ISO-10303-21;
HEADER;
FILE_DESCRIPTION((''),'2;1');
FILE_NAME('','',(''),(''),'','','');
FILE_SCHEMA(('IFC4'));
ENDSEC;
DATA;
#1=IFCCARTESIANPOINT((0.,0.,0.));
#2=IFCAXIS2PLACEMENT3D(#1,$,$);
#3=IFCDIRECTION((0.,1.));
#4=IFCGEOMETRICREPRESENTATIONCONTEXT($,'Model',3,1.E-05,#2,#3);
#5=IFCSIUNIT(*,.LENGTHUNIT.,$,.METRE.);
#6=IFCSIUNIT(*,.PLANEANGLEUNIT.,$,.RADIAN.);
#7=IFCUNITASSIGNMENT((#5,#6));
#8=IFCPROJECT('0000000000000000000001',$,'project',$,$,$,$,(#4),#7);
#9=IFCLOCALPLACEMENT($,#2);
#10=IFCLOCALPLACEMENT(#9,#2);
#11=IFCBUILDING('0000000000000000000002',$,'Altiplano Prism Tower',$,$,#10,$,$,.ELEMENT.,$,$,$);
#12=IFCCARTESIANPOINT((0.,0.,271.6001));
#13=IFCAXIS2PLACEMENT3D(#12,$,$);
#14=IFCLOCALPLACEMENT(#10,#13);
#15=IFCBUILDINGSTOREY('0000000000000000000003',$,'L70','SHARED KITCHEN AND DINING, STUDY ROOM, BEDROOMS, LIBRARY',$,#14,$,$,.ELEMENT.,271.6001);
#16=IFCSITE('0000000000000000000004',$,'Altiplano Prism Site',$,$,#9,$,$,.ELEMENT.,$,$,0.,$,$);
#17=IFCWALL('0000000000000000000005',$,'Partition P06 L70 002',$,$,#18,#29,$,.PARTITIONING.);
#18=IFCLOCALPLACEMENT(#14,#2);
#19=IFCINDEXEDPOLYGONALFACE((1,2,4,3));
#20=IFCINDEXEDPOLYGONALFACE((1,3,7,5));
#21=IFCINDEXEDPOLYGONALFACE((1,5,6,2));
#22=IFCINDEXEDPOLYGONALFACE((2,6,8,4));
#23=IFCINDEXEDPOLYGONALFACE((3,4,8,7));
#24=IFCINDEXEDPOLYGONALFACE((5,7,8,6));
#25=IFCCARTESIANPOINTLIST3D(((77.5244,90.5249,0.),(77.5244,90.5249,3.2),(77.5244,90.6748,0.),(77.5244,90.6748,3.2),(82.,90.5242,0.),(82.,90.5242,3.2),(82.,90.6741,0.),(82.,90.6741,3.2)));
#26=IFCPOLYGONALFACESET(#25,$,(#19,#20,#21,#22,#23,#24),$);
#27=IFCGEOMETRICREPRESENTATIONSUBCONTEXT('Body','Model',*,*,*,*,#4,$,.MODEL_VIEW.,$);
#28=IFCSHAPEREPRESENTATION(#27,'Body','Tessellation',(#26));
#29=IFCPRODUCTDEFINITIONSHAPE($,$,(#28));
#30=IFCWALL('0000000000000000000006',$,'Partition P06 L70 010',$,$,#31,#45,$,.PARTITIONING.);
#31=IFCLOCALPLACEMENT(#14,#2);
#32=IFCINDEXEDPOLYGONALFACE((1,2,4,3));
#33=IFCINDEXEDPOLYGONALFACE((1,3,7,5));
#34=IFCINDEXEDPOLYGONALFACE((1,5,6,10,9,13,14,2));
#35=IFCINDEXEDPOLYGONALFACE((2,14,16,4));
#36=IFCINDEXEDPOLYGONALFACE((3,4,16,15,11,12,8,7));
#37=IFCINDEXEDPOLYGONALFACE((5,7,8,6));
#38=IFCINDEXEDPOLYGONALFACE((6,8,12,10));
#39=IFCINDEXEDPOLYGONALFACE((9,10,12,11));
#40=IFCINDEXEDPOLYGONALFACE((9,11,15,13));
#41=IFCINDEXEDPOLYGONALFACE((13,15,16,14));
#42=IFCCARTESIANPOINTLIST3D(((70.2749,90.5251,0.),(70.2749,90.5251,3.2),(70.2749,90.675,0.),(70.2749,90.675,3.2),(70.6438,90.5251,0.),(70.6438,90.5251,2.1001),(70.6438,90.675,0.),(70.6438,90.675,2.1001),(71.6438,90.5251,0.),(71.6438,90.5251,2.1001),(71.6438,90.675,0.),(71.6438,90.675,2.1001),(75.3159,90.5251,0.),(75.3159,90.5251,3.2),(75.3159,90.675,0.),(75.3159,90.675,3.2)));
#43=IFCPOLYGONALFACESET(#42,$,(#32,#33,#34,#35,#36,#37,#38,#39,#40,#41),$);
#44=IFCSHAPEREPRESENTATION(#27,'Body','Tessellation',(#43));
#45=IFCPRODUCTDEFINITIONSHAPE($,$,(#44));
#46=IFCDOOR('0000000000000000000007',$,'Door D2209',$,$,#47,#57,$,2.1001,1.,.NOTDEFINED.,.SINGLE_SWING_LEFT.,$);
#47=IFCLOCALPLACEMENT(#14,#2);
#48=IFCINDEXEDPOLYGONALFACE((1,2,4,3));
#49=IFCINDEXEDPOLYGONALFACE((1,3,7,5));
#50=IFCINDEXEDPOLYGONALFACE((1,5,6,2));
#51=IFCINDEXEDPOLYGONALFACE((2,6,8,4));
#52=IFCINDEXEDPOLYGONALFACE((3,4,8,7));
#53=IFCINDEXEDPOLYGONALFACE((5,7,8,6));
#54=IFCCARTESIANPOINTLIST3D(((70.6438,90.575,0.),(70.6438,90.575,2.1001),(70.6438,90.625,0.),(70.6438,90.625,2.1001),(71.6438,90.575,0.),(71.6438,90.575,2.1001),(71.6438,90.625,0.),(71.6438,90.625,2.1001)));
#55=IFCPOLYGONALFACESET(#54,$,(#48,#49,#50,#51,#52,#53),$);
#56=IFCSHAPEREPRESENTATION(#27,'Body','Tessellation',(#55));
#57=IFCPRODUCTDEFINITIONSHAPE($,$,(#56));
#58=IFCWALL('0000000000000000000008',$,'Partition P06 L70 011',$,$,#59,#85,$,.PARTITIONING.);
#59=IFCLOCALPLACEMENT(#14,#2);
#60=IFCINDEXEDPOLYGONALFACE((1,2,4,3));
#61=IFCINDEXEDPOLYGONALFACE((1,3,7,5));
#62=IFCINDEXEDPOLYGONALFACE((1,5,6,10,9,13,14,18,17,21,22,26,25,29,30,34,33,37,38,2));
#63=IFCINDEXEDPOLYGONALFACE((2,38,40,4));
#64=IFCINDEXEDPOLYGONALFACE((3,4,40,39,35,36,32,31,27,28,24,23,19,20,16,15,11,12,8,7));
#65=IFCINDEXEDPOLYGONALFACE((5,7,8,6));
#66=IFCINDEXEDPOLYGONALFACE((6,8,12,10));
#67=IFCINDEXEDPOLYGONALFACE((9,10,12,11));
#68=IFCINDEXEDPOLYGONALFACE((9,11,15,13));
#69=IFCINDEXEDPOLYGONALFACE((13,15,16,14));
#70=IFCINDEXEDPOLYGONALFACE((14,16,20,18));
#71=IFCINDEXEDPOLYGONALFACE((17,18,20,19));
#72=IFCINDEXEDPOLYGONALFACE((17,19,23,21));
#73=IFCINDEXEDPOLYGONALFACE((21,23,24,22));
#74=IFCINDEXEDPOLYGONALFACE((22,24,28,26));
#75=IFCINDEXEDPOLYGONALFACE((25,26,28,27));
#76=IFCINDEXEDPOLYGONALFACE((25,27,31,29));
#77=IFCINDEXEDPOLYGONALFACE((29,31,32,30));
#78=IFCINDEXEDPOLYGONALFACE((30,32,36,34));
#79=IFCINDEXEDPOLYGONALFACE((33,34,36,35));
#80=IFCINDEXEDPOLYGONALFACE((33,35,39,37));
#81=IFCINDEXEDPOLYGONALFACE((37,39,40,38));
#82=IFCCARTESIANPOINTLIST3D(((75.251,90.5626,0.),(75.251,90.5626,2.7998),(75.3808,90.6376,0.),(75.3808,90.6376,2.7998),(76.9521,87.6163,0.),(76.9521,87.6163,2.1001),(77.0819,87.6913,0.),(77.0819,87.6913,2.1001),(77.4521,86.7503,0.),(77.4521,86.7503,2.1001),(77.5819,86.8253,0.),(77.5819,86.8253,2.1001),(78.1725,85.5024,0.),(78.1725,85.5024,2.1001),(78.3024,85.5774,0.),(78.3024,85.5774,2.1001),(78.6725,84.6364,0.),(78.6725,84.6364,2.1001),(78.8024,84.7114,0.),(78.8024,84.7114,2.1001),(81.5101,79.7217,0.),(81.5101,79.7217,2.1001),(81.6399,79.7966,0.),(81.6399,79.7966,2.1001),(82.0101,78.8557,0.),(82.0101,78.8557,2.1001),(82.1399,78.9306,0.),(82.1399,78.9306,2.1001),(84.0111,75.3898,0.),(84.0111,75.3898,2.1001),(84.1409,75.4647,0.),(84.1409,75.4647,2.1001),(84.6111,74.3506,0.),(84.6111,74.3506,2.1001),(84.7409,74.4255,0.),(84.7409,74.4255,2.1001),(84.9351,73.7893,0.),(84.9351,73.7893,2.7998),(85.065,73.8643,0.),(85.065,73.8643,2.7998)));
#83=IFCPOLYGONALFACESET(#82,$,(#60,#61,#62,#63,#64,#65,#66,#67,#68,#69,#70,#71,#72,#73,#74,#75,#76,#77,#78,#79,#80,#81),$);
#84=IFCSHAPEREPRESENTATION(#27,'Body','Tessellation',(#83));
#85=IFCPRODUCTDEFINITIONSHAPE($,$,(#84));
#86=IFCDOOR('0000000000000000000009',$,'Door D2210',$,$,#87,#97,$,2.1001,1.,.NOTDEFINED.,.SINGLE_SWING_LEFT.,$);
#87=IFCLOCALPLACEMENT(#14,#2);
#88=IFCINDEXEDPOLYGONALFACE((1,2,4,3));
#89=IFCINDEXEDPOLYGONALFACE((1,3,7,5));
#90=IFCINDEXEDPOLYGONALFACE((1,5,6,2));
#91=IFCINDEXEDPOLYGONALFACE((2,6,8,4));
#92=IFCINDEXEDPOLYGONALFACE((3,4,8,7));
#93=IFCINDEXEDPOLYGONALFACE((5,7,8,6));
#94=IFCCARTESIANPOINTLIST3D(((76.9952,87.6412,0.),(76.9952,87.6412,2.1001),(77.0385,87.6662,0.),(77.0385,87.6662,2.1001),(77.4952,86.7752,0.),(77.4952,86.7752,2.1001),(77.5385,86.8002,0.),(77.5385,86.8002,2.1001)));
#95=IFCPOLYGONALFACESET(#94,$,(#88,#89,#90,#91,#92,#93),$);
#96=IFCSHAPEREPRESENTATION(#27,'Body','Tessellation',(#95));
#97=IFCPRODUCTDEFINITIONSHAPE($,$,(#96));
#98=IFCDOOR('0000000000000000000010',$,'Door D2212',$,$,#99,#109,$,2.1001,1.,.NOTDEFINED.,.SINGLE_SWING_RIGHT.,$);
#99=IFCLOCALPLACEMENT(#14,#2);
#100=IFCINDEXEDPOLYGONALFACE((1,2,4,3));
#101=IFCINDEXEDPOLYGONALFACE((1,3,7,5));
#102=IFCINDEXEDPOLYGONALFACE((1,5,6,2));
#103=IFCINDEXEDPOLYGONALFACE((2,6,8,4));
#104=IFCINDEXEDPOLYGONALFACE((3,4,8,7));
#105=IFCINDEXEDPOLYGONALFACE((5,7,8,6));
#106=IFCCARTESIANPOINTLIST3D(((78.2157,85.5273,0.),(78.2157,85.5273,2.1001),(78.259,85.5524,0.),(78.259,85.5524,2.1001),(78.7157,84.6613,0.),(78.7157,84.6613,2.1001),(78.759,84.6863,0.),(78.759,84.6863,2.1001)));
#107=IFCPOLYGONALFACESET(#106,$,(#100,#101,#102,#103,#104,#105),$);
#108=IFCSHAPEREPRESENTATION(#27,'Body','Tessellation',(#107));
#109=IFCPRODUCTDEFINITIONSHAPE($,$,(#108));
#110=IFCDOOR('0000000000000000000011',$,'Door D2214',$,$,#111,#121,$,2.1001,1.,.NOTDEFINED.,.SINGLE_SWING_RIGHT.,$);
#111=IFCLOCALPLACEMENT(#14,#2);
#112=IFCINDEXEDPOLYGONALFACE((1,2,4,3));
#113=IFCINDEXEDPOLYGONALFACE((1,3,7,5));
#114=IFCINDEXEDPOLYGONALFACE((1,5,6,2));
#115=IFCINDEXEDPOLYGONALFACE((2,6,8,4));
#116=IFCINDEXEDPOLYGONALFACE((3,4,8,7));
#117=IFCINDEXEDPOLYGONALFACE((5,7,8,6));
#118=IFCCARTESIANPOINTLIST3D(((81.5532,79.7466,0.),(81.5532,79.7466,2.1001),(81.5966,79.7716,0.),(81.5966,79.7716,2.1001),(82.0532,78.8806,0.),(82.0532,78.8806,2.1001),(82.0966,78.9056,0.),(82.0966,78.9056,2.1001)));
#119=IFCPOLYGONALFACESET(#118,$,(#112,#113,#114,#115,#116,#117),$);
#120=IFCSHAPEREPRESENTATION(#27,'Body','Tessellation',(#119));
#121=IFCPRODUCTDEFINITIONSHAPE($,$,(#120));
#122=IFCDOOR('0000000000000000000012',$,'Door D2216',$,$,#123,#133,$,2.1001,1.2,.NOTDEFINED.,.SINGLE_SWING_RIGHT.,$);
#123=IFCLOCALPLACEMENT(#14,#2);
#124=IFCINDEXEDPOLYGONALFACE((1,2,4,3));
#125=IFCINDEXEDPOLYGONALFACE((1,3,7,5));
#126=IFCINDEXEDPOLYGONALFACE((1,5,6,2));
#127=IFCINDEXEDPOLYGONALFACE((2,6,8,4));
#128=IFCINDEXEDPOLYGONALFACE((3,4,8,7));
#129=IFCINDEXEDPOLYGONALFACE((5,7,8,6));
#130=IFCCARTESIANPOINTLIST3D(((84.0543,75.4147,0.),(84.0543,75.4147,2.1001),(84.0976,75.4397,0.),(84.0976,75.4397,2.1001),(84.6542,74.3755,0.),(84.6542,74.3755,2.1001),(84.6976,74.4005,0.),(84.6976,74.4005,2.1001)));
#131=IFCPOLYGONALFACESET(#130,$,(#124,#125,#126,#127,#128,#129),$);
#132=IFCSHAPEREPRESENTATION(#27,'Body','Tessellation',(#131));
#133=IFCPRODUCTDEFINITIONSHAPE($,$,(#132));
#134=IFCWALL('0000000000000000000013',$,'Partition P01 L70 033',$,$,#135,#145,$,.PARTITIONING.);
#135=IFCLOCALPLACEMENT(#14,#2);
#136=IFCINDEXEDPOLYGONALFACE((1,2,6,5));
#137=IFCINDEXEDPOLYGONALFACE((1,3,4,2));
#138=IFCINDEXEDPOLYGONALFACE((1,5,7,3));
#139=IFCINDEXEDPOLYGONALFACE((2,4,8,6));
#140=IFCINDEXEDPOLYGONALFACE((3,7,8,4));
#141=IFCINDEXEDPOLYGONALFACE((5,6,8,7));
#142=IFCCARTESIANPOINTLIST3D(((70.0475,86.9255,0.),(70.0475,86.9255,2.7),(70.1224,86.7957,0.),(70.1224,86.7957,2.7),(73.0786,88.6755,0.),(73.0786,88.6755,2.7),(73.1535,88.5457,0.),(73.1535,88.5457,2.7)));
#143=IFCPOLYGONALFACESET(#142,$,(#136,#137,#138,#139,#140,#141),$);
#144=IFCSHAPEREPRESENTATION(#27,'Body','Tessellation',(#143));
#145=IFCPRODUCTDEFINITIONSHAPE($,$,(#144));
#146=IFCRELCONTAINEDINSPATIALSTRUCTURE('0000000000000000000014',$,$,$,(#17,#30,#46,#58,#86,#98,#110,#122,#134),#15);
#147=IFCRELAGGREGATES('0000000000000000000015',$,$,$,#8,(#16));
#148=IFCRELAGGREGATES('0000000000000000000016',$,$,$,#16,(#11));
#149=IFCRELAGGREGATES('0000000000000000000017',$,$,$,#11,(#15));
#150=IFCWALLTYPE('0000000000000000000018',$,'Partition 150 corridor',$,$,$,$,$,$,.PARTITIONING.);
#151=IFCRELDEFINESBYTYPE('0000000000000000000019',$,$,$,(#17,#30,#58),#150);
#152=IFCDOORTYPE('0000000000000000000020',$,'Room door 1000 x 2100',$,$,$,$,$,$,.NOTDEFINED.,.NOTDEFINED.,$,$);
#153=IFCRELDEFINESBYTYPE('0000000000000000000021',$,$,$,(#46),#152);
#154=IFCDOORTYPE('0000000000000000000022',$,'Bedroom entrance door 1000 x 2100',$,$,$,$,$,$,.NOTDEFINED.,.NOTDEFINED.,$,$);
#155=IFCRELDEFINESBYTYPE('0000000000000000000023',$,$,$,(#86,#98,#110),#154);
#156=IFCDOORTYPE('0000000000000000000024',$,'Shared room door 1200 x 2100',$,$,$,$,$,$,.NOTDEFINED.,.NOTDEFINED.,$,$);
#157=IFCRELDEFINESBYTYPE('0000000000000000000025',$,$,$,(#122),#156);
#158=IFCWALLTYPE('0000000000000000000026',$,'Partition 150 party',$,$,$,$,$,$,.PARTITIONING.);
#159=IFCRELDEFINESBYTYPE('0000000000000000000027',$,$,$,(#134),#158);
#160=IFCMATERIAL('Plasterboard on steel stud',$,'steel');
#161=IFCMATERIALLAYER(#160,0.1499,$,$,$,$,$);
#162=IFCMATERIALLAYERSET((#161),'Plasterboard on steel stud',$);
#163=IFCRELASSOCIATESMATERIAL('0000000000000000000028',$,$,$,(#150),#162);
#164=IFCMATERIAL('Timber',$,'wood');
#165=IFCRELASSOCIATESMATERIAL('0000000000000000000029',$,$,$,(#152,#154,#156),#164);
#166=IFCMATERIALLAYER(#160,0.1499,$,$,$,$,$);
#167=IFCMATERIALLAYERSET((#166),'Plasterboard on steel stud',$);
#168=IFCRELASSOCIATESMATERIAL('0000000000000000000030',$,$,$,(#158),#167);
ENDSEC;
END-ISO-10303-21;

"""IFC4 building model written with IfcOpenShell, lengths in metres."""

from ifc_helpers import new_model, si_unit, direction, frame, frame_2d, origin, place, context, subcontext, project, spatial, rectangle, extrude, material, layer, layer_set, type_object, element, fill, save


model = new_model("IFC4")

# Units and contexts
model_context = context("Model", 3, precision=1e-05, world=origin(), true_north=direction((0.0, 1.0)))
body_context = subcontext(model_context, "Body", "Model", "MODEL_VIEW")
ifc_project = project(units=[si_unit("LENGTHUNIT", "METRE"), si_unit("PLANEANGLEUNIT", "RADIAN")], contexts=[model_context])

# Site, building, storey
site_placement = place(None, origin())
site = spatial("IfcSite", under=ifc_project, at=site_placement, Name="Altiplano Prism Site", CompositionType="ELEMENT", RefElevation=0.0)
building_placement = place(site_placement, origin())
building = spatial("IfcBuilding", under=site, at=building_placement, Name="Altiplano Prism Tower", CompositionType="ELEMENT")
storey_placement = place(building_placement, frame((0.0, 0.0, 271.6001)))
storey = spatial("IfcBuildingStorey", under=building, at=storey_placement, Name="L70", Description="SHARED KITCHEN AND DINING, STUDY ROOM, BEDROOMS, LIBRARY", CompositionType="ELEMENT", Elevation=271.6001)

# Shared definitions
ifc_material_1 = material(Name="Plasterboard on steel stud", Category="steel")
ifc_material_2 = material(Name="Timber", Category="wood")

# Wall
ifc_layer_1 = layer(ifc_material_1, 0.1499)
ifc_layer_set_1 = layer_set([ifc_layer_1], Name="Plasterboard on steel stud")
wall_type_1 = type_object("IfcWallType", Name="Partition 150 corridor", PredefinedType="PARTITIONING", material=ifc_layer_set_1)
wall_1_placement = place(storey_placement, frame((77.5244, 90.5999, 0.0), z_axis=(0.0, 0.0, 1.0), x_axis=(1.0, -0.000164, 0.0)))
element("IfcWall", 1, at=wall_1_placement, inside=storey, type_object=wall_type_1, Name="Partition P06 L70 002", PredefinedType="PARTITIONING", context=body_context, shape_type="SweptSolid", body=[
    extrude(rectangle(XDim=4.4756, YDim=0.1499, at=frame_2d((2.2378, 0.0))), origin(), (0.0, 0.0, 1.0), 3.2),
])

# Wall, opening, door
wall_2_placement = place(storey_placement, frame((70.2749, 90.6001, 0.0), z_axis=(0.0, 0.0, 1.0), x_axis=(1.0, 0.0, 0.0)))
wall_2 = element("IfcWall", 2, at=wall_2_placement, inside=storey, type_object=wall_type_1, Name="Partition P06 L70 010", PredefinedType="PARTITIONING", context=body_context, shape_type="SweptSolid", body=[
    extrude(rectangle(XDim=5.041, YDim=0.1499, at=frame_2d((2.5205, 0.0))), origin(), (0.0, 0.0, 1.0), 3.2),
])
opening_1_placement = place(wall_2_placement, frame((0.3689, 0.0, 0.0)))
opening_1 = element("IfcOpeningElement", 3, at=opening_1_placement, cuts=wall_2, PredefinedType="OPENING", context=body_context, shape_type="SweptSolid", body=[
    extrude(rectangle(XDim=1.0, YDim=2.1001, at=frame_2d((0.5, 1.05))), frame((0.0, 0.0854, 0.0), z_axis=(0.0, -1.0, 0.0), x_axis=(1.0, 0.0, 0.0)), (0.0, 0.0, 1.0), 0.1709),
])
door_type_1 = type_object("IfcDoorType", Name="Room door 1000 x 2100", OperationType="NOTDEFINED", PredefinedType="NOTDEFINED", material=ifc_material_2)
door_1_placement = place(opening_1_placement, origin())
door_1 = element("IfcDoor", 4, at=door_1_placement, inside=storey, type_object=door_type_1, Name="Door D2209", OperationType="SINGLE_SWING_LEFT", OverallHeight=2.1001, OverallWidth=1.0, PredefinedType="NOTDEFINED", context=body_context, shape_type="SweptSolid", body=[
    extrude(rectangle(XDim=1.0, YDim=2.1001, at=frame_2d((0.5, 1.05))), frame((0.0, 0.0249, 0.0), z_axis=(0.0, -1.0, 0.0), x_axis=(1.0, 0.0, 0.0)), (0.0, 0.0, 1.0), 0.05),
])
fill(opening_1, door_1)

# Wall, openings, doors
wall_3_placement = place(storey_placement, frame((75.3159, 90.6001, 0.0), z_axis=(0.0, 0.0, 1.0), x_axis=(0.500003, -0.866024, 0.0)))
wall_3 = element("IfcWall", 5, at=wall_3_placement, inside=storey, type_object=wall_type_1, Name="Partition P06 L70 011", PredefinedType="PARTITIONING", context=body_context, shape_type="SweptSolid", body=[
    extrude(rectangle(XDim=19.3682, YDim=0.1499, at=frame_2d((9.6841, 0.0))), origin(), (0.0, 0.0, 1.0), 2.7998),
])
opening_2_placement = place(wall_3_placement, frame((3.4021, 0.0, 0.0)))
opening_2 = element("IfcOpeningElement", 6, at=opening_2_placement, cuts=wall_3, PredefinedType="OPENING", context=body_context, shape_type="SweptSolid", body=[
    extrude(rectangle(XDim=1.0, YDim=2.1001, at=frame_2d((0.5, 1.05))), frame((0.0, 0.0854, 0.0), z_axis=(0.0, -1.0, 0.0), x_axis=(1.0, 0.0, 0.0)), (0.0, 0.0, 1.0), 0.1709),
])
opening_3_placement = place(wall_3_placement, frame((5.843, 0.0, 0.0)))
opening_3 = element("IfcOpeningElement", 7, at=opening_3_placement, cuts=wall_3, PredefinedType="OPENING", context=body_context, shape_type="SweptSolid", body=[
    extrude(rectangle(XDim=1.0, YDim=2.1001, at=frame_2d((0.5, 1.05))), frame((0.0, 0.0854, 0.0), z_axis=(0.0, -1.0, 0.0), x_axis=(1.0, 0.0, 0.0)), (0.0, 0.0, 1.0), 0.1709),
])
opening_4_placement = place(wall_3_placement, frame((12.5181, 0.0, 0.0)))
opening_4 = element("IfcOpeningElement", 8, at=opening_4_placement, cuts=wall_3, PredefinedType="OPENING", context=body_context, shape_type="SweptSolid", body=[
    extrude(rectangle(XDim=1.0, YDim=2.1001, at=frame_2d((0.5, 1.05))), frame((0.0, 0.0854, 0.0), z_axis=(0.0, -1.0, 0.0), x_axis=(1.0, 0.0, 0.0)), (0.0, 0.0, 1.0), 0.1709),
])
opening_5_placement = place(wall_3_placement, frame((17.52, 0.0, 0.0)))
opening_5 = element("IfcOpeningElement", 9, at=opening_5_placement, cuts=wall_3, PredefinedType="OPENING", context=body_context, shape_type="SweptSolid", body=[
    extrude(rectangle(XDim=1.2, YDim=2.1001, at=frame_2d((0.6001, 1.05))), frame((0.0, 0.0854, 0.0), z_axis=(0.0, -1.0, 0.0), x_axis=(1.0, 0.0, 0.0)), (0.0, 0.0, 1.0), 0.1709),
])
door_type_2 = type_object("IfcDoorType", Name="Bedroom entrance door 1000 x 2100", OperationType="NOTDEFINED", PredefinedType="NOTDEFINED", material=ifc_material_2)
door_2_placement = place(opening_2_placement, origin())
door_2 = element("IfcDoor", 10, at=door_2_placement, inside=storey, type_object=door_type_2, Name="Door D2210", OperationType="SINGLE_SWING_LEFT", OverallHeight=2.1001, OverallWidth=1.0, PredefinedType="NOTDEFINED", context=body_context, shape_type="SweptSolid", body=[
    extrude(rectangle(XDim=1.0, YDim=2.1001, at=frame_2d((0.5, 1.05))), frame((0.0, 0.0249, 0.0), z_axis=(0.0, -1.0, 0.0), x_axis=(1.0, 0.0, 0.0)), (0.0, 0.0, 1.0), 0.05),
])
fill(opening_2, door_2)
door_3_placement = place(opening_3_placement, origin())
door_3 = element("IfcDoor", 11, at=door_3_placement, inside=storey, type_object=door_type_2, Name="Door D2212", OperationType="SINGLE_SWING_RIGHT", OverallHeight=2.1001, OverallWidth=1.0, PredefinedType="NOTDEFINED", context=body_context, shape_type="SweptSolid", body=[
    extrude(rectangle(XDim=1.0, YDim=2.1001, at=frame_2d((0.5, 1.05))), frame((0.0, 0.0249, 0.0), z_axis=(0.0, -1.0, 0.0), x_axis=(1.0, 0.0, 0.0)), (0.0, 0.0, 1.0), 0.05),
])
fill(opening_3, door_3)
door_4_placement = place(opening_4_placement, origin())
door_4 = element("IfcDoor", 12, at=door_4_placement, inside=storey, type_object=door_type_2, Name="Door D2214", OperationType="SINGLE_SWING_RIGHT", OverallHeight=2.1001, OverallWidth=1.0, PredefinedType="NOTDEFINED", context=body_context, shape_type="SweptSolid", body=[
    extrude(rectangle(XDim=1.0, YDim=2.1001, at=frame_2d((0.5, 1.05))), frame((0.0, 0.0249, 0.0), z_axis=(0.0, -1.0, 0.0), x_axis=(1.0, 0.0, 0.0)), (0.0, 0.0, 1.0), 0.05),
])
fill(opening_4, door_4)
door_type_3 = type_object("IfcDoorType", Name="Shared room door 1200 x 2100", OperationType="NOTDEFINED", PredefinedType="NOTDEFINED", material=ifc_material_2)
door_5_placement = place(opening_5_placement, origin())
door_5 = element("IfcDoor", 13, at=door_5_placement, inside=storey, type_object=door_type_3, Name="Door D2216", OperationType="SINGLE_SWING_RIGHT", OverallHeight=2.1001, OverallWidth=1.2, PredefinedType="NOTDEFINED", context=body_context, shape_type="SweptSolid", body=[
    extrude(rectangle(XDim=1.2, YDim=2.1001, at=frame_2d((0.6001, 1.05))), frame((0.0, 0.0249, 0.0), z_axis=(0.0, -1.0, 0.0), x_axis=(1.0, 0.0, 0.0)), (0.0, 0.0, 1.0), 0.05),
])
fill(opening_5, door_5)

# Wall
ifc_layer_2 = layer(ifc_material_1, 0.1499)
ifc_layer_set_2 = layer_set([ifc_layer_2], Name="Plasterboard on steel stud")
wall_type_2 = type_object("IfcWallType", Name="Partition 150 party", PredefinedType="PARTITIONING", material=ifc_layer_set_2)
wall_4_placement = place(storey_placement, frame((70.085, 86.8606, 0.0), z_axis=(0.0, 0.0, 1.0), x_axis=(0.866019, 0.50001, 0.0)))
element("IfcWall", 14, at=wall_4_placement, inside=storey, type_object=wall_type_2, Name="Partition P01 L70 033", PredefinedType="PARTITIONING", context=body_context, shape_type="SweptSolid", body=[
    extrude(rectangle(XDim=3.5, YDim=0.1499, at=frame_2d((1.75, 0.0))), origin(), (0.0, 0.0, 1.0), 2.7),
])

save(model, "model.ifc")
